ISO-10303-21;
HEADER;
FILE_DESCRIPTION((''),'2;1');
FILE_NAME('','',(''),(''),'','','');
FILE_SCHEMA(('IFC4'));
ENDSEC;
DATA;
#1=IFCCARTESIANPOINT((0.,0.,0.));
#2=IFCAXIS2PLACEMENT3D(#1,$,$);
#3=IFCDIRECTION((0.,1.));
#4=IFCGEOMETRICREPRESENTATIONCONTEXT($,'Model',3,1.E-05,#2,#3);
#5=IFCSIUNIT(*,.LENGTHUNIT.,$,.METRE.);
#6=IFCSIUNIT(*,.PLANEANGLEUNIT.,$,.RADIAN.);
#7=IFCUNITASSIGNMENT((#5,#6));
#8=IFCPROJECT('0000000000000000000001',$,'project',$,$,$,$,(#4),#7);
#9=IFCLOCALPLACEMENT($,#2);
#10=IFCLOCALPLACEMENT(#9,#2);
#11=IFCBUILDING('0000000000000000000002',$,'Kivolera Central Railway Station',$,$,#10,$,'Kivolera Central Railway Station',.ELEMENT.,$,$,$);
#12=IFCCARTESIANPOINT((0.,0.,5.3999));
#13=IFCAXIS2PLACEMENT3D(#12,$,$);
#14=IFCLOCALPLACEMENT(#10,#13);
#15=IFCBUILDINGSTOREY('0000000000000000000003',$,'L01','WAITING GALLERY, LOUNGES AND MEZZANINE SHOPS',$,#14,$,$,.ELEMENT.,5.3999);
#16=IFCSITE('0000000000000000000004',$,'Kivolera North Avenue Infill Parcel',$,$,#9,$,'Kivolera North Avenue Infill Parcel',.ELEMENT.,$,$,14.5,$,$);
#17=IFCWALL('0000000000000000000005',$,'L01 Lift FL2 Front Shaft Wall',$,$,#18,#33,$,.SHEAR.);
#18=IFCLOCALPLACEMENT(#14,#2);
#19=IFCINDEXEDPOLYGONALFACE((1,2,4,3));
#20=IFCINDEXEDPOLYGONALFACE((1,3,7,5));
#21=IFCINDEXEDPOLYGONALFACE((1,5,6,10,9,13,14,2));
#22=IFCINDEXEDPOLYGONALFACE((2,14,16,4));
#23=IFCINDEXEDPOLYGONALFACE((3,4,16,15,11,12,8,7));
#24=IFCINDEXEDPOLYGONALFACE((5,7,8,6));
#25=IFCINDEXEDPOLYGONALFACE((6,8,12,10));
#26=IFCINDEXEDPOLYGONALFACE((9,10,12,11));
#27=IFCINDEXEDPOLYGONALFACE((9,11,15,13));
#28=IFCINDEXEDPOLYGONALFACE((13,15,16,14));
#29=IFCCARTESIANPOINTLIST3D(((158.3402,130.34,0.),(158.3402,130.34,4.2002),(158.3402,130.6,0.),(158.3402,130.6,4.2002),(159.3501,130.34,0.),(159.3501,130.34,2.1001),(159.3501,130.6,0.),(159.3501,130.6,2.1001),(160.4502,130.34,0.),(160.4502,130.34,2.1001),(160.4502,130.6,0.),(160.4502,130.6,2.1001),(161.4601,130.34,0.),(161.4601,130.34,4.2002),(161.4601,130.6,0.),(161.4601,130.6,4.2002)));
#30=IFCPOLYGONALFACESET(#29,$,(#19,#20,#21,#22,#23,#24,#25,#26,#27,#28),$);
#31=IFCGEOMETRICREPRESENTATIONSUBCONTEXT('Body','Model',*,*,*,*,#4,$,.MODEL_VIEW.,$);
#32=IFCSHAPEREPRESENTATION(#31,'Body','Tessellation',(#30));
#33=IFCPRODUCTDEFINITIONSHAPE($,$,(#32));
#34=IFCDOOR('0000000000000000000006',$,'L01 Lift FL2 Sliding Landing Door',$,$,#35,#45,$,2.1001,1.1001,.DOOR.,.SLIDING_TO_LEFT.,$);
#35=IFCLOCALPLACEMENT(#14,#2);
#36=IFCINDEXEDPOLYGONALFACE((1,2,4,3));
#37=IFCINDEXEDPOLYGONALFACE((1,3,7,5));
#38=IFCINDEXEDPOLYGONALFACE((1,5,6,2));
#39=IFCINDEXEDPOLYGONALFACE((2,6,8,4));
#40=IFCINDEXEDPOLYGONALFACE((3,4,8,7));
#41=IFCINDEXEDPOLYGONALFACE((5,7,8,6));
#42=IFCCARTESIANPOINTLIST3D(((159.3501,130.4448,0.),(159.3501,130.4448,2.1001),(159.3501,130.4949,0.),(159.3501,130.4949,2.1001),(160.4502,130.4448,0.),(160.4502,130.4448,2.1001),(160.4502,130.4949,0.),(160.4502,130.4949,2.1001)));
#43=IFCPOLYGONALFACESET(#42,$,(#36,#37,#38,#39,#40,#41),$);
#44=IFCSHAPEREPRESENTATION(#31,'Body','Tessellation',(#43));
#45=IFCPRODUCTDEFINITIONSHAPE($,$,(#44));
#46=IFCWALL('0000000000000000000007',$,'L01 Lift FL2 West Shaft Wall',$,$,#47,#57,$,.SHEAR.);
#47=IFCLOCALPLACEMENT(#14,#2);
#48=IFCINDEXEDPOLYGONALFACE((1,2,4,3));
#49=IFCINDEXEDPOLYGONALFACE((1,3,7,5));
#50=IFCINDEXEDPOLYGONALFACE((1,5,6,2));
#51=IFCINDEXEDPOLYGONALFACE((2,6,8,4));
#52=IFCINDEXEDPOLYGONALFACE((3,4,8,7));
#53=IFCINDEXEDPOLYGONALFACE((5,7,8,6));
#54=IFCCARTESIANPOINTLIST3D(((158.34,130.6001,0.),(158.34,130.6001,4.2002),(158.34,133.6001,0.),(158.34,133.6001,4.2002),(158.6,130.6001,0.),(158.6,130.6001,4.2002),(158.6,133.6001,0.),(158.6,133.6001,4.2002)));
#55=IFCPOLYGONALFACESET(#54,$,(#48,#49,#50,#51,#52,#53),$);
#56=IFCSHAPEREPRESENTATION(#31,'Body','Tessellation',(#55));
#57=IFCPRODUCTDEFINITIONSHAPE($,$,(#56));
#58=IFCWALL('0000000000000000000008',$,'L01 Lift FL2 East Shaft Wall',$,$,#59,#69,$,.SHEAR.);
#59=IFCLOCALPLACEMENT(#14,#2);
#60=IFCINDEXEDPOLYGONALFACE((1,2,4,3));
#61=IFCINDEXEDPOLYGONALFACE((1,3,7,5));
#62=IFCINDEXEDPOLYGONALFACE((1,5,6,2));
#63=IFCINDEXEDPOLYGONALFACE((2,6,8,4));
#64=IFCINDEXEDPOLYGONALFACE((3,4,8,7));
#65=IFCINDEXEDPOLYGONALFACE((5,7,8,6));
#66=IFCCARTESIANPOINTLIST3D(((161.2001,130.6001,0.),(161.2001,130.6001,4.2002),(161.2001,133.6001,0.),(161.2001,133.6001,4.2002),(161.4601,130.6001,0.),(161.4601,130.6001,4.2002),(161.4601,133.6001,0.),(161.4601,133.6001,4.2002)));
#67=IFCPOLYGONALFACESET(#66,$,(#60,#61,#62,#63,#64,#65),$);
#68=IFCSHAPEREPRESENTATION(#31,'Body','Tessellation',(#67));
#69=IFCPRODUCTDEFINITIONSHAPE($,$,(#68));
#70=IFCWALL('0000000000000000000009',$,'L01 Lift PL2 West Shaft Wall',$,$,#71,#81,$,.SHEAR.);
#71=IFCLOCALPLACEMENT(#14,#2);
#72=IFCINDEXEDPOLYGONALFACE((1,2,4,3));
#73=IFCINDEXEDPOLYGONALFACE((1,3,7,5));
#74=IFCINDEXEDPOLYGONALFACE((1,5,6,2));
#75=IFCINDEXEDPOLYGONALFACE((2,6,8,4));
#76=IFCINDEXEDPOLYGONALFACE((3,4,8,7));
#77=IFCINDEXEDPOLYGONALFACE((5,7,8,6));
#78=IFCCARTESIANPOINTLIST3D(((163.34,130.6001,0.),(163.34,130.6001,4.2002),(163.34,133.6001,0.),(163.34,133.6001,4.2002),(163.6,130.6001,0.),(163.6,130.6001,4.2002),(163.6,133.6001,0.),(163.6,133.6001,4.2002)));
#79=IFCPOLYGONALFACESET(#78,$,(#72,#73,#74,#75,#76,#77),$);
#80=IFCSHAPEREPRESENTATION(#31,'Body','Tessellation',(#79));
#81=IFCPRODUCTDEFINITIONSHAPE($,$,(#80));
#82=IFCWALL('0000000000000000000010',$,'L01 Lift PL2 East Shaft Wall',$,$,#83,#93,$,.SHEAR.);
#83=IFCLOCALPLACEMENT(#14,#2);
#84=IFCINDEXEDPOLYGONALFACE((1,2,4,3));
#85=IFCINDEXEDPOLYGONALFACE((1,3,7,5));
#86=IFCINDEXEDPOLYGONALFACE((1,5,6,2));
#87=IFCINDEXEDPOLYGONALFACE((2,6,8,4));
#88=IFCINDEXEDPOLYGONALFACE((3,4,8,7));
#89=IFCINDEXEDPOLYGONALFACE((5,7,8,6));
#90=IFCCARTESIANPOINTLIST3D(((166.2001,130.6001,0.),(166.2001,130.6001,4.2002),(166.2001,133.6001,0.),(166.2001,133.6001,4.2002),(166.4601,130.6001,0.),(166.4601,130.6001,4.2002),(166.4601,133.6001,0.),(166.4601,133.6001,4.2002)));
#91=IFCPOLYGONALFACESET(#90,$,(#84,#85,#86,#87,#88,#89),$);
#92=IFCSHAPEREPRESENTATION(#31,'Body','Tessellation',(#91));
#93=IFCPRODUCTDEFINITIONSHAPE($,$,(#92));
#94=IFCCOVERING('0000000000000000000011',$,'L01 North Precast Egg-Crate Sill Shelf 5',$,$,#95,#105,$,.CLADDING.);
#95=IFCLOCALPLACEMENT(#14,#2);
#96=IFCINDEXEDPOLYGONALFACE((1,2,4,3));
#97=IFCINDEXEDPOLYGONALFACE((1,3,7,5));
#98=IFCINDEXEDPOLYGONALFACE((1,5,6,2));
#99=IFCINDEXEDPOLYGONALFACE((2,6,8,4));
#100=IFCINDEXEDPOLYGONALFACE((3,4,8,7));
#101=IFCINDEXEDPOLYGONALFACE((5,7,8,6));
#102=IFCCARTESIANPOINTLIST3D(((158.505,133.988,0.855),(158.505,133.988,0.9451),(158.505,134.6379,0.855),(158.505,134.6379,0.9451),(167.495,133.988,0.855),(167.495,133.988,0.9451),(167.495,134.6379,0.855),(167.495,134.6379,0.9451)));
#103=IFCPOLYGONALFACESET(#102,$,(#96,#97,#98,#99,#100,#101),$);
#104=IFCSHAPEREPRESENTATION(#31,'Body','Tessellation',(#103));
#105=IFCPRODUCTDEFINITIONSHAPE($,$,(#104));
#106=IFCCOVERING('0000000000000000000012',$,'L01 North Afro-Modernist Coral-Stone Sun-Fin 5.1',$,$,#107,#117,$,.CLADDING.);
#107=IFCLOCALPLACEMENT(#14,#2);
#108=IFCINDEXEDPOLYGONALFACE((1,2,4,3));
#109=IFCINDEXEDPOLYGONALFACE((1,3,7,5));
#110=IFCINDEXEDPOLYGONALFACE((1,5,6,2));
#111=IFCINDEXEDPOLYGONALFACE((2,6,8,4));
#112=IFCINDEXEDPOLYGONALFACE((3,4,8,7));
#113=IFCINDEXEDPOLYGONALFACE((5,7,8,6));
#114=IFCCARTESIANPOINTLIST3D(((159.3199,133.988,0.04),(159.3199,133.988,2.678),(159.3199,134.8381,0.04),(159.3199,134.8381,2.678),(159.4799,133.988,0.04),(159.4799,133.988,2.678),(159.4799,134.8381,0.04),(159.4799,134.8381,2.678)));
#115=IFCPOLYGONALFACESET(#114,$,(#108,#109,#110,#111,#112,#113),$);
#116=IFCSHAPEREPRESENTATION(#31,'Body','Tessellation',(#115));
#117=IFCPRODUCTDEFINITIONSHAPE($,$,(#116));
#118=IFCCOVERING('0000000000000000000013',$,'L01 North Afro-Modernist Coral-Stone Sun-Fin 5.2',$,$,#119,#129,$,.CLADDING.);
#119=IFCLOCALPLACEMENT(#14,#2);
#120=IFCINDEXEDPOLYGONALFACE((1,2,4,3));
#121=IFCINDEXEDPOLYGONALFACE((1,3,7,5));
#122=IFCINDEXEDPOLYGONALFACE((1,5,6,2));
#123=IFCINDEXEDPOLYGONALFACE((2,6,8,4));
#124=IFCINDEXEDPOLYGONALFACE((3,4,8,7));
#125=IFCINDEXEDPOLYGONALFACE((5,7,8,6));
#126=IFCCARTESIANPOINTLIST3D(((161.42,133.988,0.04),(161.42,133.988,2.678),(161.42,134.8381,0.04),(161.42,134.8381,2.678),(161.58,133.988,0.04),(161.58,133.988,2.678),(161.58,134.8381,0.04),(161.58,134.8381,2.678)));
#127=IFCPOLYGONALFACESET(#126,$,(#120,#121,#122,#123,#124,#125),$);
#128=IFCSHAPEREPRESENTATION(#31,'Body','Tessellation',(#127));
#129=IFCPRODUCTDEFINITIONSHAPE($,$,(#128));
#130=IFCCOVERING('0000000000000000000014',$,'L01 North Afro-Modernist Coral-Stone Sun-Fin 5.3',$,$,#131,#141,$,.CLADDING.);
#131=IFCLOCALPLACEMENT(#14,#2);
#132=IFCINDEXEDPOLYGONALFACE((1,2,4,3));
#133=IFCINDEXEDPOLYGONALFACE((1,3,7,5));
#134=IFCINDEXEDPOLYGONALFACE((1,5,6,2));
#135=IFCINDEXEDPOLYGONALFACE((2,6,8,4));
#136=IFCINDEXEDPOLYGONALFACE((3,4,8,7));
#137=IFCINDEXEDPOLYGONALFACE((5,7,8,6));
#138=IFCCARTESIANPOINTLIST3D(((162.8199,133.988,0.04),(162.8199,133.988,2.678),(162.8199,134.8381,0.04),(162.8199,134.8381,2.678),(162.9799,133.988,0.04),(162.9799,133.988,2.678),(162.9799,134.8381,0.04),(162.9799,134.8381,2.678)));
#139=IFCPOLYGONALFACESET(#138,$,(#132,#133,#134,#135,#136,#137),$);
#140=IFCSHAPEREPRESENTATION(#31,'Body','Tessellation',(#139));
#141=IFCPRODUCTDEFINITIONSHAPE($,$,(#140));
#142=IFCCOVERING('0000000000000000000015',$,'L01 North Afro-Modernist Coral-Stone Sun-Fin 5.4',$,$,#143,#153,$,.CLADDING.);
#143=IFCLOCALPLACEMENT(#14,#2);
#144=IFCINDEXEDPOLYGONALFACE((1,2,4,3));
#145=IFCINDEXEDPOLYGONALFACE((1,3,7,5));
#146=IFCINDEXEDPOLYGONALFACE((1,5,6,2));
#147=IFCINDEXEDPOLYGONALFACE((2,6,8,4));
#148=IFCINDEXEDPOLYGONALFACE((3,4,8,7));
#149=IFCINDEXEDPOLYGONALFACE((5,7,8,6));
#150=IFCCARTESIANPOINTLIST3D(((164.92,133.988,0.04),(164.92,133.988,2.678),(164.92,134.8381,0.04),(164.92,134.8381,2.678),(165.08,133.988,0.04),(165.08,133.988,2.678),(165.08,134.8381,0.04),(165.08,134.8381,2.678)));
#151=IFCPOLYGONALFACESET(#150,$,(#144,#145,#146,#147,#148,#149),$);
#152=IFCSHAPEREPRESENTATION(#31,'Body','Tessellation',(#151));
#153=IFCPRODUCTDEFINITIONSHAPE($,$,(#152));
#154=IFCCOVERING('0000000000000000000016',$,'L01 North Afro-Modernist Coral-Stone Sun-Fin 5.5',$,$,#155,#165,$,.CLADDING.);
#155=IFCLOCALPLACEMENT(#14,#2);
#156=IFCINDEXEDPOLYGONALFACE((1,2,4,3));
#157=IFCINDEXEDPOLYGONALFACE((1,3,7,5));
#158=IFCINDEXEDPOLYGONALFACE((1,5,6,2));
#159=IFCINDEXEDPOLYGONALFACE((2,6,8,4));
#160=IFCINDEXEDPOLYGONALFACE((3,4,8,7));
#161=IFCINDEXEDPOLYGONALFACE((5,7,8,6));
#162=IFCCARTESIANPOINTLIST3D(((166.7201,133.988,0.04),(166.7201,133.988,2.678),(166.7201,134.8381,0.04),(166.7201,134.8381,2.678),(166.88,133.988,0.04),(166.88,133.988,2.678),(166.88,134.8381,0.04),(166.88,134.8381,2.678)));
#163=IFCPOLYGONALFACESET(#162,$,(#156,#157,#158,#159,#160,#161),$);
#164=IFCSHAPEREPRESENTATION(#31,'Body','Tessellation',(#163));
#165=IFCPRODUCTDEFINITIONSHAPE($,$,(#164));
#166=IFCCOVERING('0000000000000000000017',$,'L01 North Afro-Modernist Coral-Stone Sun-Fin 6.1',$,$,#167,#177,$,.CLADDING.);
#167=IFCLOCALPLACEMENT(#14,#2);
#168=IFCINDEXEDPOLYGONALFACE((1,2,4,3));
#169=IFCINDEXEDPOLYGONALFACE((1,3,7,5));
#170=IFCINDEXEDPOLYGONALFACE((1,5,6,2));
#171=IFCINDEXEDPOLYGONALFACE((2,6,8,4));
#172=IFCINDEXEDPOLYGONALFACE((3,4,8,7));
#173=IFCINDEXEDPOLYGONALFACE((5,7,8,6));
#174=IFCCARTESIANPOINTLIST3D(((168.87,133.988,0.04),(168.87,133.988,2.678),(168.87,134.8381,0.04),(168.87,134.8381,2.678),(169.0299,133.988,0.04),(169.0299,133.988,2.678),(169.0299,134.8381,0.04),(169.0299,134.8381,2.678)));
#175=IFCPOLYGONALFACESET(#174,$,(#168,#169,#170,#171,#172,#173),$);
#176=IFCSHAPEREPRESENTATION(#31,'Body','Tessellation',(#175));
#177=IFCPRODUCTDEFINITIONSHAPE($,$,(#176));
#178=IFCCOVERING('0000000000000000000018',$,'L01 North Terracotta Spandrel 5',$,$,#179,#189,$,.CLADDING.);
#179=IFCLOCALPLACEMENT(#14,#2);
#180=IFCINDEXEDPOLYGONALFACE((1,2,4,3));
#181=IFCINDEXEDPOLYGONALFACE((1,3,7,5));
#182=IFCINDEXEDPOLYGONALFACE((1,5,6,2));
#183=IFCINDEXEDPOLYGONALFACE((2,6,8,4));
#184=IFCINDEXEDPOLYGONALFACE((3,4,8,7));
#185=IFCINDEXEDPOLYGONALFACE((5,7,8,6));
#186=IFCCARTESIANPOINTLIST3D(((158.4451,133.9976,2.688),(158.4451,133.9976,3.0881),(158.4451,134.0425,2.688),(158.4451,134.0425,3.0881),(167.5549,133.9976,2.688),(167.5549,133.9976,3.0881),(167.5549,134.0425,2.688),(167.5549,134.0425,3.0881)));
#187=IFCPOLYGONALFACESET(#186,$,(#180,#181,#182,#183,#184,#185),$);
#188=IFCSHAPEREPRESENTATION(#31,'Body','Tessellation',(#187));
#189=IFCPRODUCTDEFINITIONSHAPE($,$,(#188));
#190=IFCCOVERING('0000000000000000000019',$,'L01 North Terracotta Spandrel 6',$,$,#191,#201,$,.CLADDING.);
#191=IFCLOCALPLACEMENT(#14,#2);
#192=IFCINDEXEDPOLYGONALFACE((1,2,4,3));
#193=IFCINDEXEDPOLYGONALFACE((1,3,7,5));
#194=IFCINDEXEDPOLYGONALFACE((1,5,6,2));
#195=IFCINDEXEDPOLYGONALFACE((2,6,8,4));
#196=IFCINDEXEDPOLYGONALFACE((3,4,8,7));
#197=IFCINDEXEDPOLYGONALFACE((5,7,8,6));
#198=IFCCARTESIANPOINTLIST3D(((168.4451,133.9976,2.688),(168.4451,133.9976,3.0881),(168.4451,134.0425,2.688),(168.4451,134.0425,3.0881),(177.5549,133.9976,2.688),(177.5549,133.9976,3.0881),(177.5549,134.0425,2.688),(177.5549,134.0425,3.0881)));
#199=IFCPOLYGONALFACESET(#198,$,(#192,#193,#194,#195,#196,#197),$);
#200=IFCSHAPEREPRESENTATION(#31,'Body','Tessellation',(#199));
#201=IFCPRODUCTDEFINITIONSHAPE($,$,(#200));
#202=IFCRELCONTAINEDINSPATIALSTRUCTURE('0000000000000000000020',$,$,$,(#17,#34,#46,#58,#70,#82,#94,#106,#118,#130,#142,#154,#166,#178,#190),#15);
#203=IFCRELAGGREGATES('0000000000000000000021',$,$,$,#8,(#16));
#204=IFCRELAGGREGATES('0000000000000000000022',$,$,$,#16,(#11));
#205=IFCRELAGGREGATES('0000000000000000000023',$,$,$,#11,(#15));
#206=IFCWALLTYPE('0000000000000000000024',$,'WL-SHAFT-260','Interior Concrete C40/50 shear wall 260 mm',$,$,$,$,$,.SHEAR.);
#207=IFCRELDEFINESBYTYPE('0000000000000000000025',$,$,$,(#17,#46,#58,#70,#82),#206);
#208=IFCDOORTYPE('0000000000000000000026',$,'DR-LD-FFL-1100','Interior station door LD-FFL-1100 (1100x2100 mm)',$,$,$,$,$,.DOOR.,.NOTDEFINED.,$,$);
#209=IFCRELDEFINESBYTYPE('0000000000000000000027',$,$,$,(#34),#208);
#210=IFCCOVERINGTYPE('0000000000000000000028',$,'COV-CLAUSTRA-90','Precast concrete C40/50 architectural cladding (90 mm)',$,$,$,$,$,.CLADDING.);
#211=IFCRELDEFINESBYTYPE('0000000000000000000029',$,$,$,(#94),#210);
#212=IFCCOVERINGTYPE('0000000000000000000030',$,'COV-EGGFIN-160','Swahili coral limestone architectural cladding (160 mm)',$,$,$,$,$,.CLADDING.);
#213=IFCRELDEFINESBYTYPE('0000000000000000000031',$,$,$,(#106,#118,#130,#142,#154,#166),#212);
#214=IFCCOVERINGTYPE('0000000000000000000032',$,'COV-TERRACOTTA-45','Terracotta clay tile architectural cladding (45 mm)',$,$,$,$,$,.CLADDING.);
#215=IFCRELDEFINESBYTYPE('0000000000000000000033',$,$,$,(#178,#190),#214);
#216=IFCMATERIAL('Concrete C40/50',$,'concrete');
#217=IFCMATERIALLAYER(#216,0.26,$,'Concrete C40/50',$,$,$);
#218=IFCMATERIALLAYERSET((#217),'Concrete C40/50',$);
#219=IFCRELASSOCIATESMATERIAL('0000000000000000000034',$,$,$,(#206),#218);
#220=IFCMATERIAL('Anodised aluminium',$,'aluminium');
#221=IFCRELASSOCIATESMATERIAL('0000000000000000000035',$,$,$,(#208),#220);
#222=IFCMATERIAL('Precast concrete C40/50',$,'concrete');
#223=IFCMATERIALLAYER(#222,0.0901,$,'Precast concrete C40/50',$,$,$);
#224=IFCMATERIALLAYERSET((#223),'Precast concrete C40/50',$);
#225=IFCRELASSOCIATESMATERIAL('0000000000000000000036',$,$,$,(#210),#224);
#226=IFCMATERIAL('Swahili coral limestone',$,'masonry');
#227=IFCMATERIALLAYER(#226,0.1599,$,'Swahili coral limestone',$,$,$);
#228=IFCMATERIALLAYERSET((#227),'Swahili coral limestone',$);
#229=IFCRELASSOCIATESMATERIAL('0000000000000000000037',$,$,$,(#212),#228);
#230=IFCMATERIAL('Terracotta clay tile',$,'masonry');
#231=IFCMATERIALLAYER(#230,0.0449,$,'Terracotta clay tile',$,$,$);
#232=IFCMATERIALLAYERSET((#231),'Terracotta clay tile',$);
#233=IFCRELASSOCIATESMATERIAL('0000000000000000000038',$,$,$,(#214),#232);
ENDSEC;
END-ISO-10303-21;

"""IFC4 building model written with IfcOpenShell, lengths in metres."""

from ifc_helpers import new_model, si_unit, direction, frame, frame_2d, origin, origin_2d, place, context, subcontext, project, spatial, rectangle, extrude, material, layer, layer_set, type_object, element, fill, save


model = new_model("IFC4")

# Units and contexts
model_context = context("Model", 3, precision=1e-05, world=origin(), true_north=direction((0.0, 1.0)))
body_context = subcontext(model_context, "Body", "Model", "MODEL_VIEW")
ifc_project = project(units=[si_unit("LENGTHUNIT", "METRE"), si_unit("PLANEANGLEUNIT", "RADIAN")], contexts=[model_context])

# Site, building, storey
site_placement = place(None, origin())
site = spatial("IfcSite", under=ifc_project, at=site_placement, Name="Kivolera North Avenue Infill Parcel", LongName="Kivolera North Avenue Infill Parcel", CompositionType="ELEMENT", RefElevation=14.5)
building_placement = place(site_placement, origin())
building = spatial("IfcBuilding", under=site, at=building_placement, Name="Kivolera Central Railway Station", LongName="Kivolera Central Railway Station", CompositionType="ELEMENT")
storey_placement = place(building_placement, frame((0.0, 0.0, 5.3999)))
storey = spatial("IfcBuildingStorey", under=building, at=storey_placement, Name="L01", Description="WAITING GALLERY, LOUNGES AND MEZZANINE SHOPS", CompositionType="ELEMENT", Elevation=5.3999)

# Shared definitions
ifc_material_1 = material(Name="Concrete C40/50", Category="concrete")

# Shared definitions
ifc_material_2 = material(Name="Anodised aluminium", Category="aluminium")

# Shared definitions
ifc_material_3 = material(Name="Swahili coral limestone", Category="masonry")

# Wall, opening, door
ifc_layer_1 = layer(ifc_material_1, 0.26, Name="Concrete C40/50")
ifc_layer_set_1 = layer_set([ifc_layer_1], Name="Concrete C40/50")
wall_type_1 = type_object("IfcWallType", Name="WL-SHAFT-260", Description="Interior Concrete C40/50 shear wall 260 mm", PredefinedType="SHEAR", material=ifc_layer_set_1)
wall_1_placement = place(storey_placement, frame((158.3401, 130.47, 0.0), z_axis=(0.0, 0.0, 1.0), x_axis=(1.0, 0.0, 0.0)))
wall_1 = element("IfcWall", 1, at=wall_1_placement, inside=storey, type_object=wall_type_1, Name="L01 Lift FL2 Front Shaft Wall", PredefinedType="SHEAR", context=body_context, shape_type="SweptSolid", body=[
    extrude(rectangle(XDim=3.1199, YDim=0.26, at=frame_2d((1.5601, 0.0))), origin(), (0.0, 0.0, 1.0), 4.2002),
])
opening_1_placement = place(wall_1_placement, frame((1.01, 0.0, 0.0)))
opening_1 = element("IfcOpeningElement", 2, at=opening_1_placement, cuts=wall_1, PredefinedType="OPENING", context=body_context, shape_type="SweptSolid", body=[
    extrude(rectangle(XDim=1.1001, YDim=2.1001, at=frame_2d((0.55, 1.05))), frame((0.0, 0.1399, 0.0), z_axis=(0.0, -1.0, 0.0), x_axis=(1.0, 0.0, 0.0)), (0.0, 0.0, 1.0), 0.28),
])
door_type_1 = type_object("IfcDoorType", Name="DR-LD-FFL-1100", Description="Interior station door LD-FFL-1100 (1100x2100 mm)", OperationType="NOTDEFINED", PredefinedType="DOOR", material=ifc_material_2)
door_1_placement = place(opening_1_placement, origin())
door_1 = element("IfcDoor", 3, at=door_1_placement, inside=storey, type_object=door_type_1, Name="L01 Lift FL2 Sliding Landing Door", OperationType="SLIDING_TO_LEFT", OverallHeight=2.1001, OverallWidth=1.1001, PredefinedType="DOOR", context=body_context, shape_type="SweptSolid", body=[
    extrude(rectangle(XDim=1.1001, YDim=2.1001, at=frame_2d((0.55, 1.05))), frame((0.0, 0.0249, 0.0), z_axis=(0.0, -1.0, 0.0), x_axis=(1.0, 0.0, 0.0)), (0.0, 0.0, 1.0), 0.05),
])
fill(opening_1, door_1)

# Walls
for number, where, z_axis, x_axis, name in (
    (4, (158.47, 130.6001, 0.0), (0.0, 0.0, 1.0), (0.0, 1.0, 0.0), "L01 Lift FL2 West Shaft Wall"),
    (5, (161.3301, 130.6001, 0.0), (0.0, 0.0, 1.0), (0.0, 1.0, 0.0), "L01 Lift FL2 East Shaft Wall"),
):
    element("IfcWall", number, at=place(storey_placement, frame(where, z_axis=z_axis, x_axis=x_axis)), inside=storey, type_object=wall_type_1, Name=name, PredefinedType="SHEAR", context=body_context, shape_type="SweptSolid", body=[
        extrude(rectangle(XDim=3.0, YDim=0.26, at=frame_2d((1.5, 0.0))), origin(), (0.0, 0.0, 1.0), 4.2002),
    ])

# Walls
for number, where, z_axis, x_axis, name in (
    (6, (163.47, 130.6001, 0.0), (0.0, 0.0, 1.0), (0.0, 1.0, 0.0), "L01 Lift PL2 West Shaft Wall"),
    (7, (166.3301, 130.6001, 0.0), (0.0, 0.0, 1.0), (0.0, 1.0, 0.0), "L01 Lift PL2 East Shaft Wall"),
):
    element("IfcWall", number, at=place(storey_placement, frame(where, z_axis=z_axis, x_axis=x_axis)), inside=storey, type_object=wall_type_1, Name=name, PredefinedType="SHEAR", context=body_context, shape_type="SweptSolid", body=[
        extrude(rectangle(XDim=3.0, YDim=0.26, at=frame_2d((1.5, 0.0))), origin(), (0.0, 0.0, 1.0), 4.2002),
    ])

# Coverings
ifc_material_4 = material(Name="Precast concrete C40/50", Category="concrete")
ifc_layer_2 = layer(ifc_material_4, 0.0901, Name="Precast concrete C40/50")
ifc_layer_set_2 = layer_set([ifc_layer_2], Name="Precast concrete C40/50")
covering_type_1 = type_object("IfcCoveringType", Name="COV-CLAUSTRA-90", Description="Precast concrete C40/50 architectural cladding (90 mm)", PredefinedType="CLADDING", material=ifc_layer_set_2)
covering_placement = place(storey_placement, frame((163.0, 134.313, 0.855), z_axis=(0.0, 0.0, 1.0), x_axis=(1.0, 0.0, 0.0)))
element("IfcCovering", 8, at=covering_placement, inside=storey, type_object=covering_type_1, Name="L01 North Precast Egg-Crate Sill Shelf 5", PredefinedType="CLADDING", context=body_context, shape_type="SweptSolid", body=[
    extrude(rectangle(XDim=8.99, YDim=0.6499, at=origin_2d()), origin(), (0.0, 0.0, 1.0), 0.0901),
])
ifc_layer_3 = layer(ifc_material_3, 0.1599, Name="Swahili coral limestone")
ifc_layer_set_3 = layer_set([ifc_layer_3], Name="Swahili coral limestone")
covering_type_2 = type_object("IfcCoveringType", Name="COV-EGGFIN-160", Description="Swahili coral limestone architectural cladding (160 mm)", PredefinedType="CLADDING", material=ifc_layer_set_3)
for number, where, z_axis, x_axis, name in (
    (9, (159.3999, 134.4131, 0.04), (0.0, 0.0, 1.0), (1.0, 0.0, 0.0), "L01 North Afro-Modernist Coral-Stone Sun-Fin 5.1"),
    (10, (161.5, 134.4131, 0.04), (0.0, 0.0, 1.0), (1.0, 0.0, 0.0), "L01 North Afro-Modernist Coral-Stone Sun-Fin 5.2"),
    (11, (162.8999, 134.4131, 0.04), (0.0, 0.0, 1.0), (1.0, 0.0, 0.0), "L01 North Afro-Modernist Coral-Stone Sun-Fin 5.3"),
    (12, (165.0, 134.4131, 0.04), (0.0, 0.0, 1.0), (1.0, 0.0, 0.0), "L01 North Afro-Modernist Coral-Stone Sun-Fin 5.4"),
    (13, (166.8, 134.4131, 0.04), (0.0, 0.0, 1.0), (1.0, 0.0, 0.0), "L01 North Afro-Modernist Coral-Stone Sun-Fin 5.5"),
    (14, (168.95, 134.4131, 0.04), (0.0, 0.0, 1.0), (1.0, 0.0, 0.0), "L01 North Afro-Modernist Coral-Stone Sun-Fin 6.1"),
):
    element("IfcCovering", number, at=place(storey_placement, frame(where, z_axis=z_axis, x_axis=x_axis)), inside=storey, type_object=covering_type_2, Name=name, PredefinedType="CLADDING", context=body_context, shape_type="SweptSolid", body=[
        extrude(rectangle(XDim=0.1599, YDim=0.8501, at=origin_2d()), origin(), (0.0, 0.0, 1.0), 2.6379),
    ])
ifc_material_5 = material(Name="Terracotta clay tile", Category="masonry")
ifc_layer_4 = layer(ifc_material_5, 0.0449, Name="Terracotta clay tile")
ifc_layer_set_4 = layer_set([ifc_layer_4], Name="Terracotta clay tile")
covering_type_3 = type_object("IfcCoveringType", Name="COV-TERRACOTTA-45", Description="Terracotta clay tile architectural cladding (45 mm)", PredefinedType="CLADDING", material=ifc_layer_set_4)
for number, where, z_axis, x_axis, name in (
    (15, (158.4451, 134.02, 2.688), (0.0, 0.0, 1.0), (1.0, 0.0, 0.0), "L01 North Terracotta Spandrel 5"),
    (16, (168.4451, 134.02, 2.688), (0.0, 0.0, 1.0), (1.0, 0.0, 0.0), "L01 North Terracotta Spandrel 6"),
):
    element("IfcCovering", number, at=place(storey_placement, frame(where, z_axis=z_axis, x_axis=x_axis)), inside=storey, type_object=covering_type_3, Name=name, PredefinedType="CLADDING", context=body_context, shape_type="SweptSolid", body=[
        extrude(rectangle(XDim=9.1099, YDim=0.0449, at=frame_2d((4.5549, 0.0))), origin(), (0.0, 0.0, 1.0), 0.4001),
    ])

save(model, "model.ifc")
